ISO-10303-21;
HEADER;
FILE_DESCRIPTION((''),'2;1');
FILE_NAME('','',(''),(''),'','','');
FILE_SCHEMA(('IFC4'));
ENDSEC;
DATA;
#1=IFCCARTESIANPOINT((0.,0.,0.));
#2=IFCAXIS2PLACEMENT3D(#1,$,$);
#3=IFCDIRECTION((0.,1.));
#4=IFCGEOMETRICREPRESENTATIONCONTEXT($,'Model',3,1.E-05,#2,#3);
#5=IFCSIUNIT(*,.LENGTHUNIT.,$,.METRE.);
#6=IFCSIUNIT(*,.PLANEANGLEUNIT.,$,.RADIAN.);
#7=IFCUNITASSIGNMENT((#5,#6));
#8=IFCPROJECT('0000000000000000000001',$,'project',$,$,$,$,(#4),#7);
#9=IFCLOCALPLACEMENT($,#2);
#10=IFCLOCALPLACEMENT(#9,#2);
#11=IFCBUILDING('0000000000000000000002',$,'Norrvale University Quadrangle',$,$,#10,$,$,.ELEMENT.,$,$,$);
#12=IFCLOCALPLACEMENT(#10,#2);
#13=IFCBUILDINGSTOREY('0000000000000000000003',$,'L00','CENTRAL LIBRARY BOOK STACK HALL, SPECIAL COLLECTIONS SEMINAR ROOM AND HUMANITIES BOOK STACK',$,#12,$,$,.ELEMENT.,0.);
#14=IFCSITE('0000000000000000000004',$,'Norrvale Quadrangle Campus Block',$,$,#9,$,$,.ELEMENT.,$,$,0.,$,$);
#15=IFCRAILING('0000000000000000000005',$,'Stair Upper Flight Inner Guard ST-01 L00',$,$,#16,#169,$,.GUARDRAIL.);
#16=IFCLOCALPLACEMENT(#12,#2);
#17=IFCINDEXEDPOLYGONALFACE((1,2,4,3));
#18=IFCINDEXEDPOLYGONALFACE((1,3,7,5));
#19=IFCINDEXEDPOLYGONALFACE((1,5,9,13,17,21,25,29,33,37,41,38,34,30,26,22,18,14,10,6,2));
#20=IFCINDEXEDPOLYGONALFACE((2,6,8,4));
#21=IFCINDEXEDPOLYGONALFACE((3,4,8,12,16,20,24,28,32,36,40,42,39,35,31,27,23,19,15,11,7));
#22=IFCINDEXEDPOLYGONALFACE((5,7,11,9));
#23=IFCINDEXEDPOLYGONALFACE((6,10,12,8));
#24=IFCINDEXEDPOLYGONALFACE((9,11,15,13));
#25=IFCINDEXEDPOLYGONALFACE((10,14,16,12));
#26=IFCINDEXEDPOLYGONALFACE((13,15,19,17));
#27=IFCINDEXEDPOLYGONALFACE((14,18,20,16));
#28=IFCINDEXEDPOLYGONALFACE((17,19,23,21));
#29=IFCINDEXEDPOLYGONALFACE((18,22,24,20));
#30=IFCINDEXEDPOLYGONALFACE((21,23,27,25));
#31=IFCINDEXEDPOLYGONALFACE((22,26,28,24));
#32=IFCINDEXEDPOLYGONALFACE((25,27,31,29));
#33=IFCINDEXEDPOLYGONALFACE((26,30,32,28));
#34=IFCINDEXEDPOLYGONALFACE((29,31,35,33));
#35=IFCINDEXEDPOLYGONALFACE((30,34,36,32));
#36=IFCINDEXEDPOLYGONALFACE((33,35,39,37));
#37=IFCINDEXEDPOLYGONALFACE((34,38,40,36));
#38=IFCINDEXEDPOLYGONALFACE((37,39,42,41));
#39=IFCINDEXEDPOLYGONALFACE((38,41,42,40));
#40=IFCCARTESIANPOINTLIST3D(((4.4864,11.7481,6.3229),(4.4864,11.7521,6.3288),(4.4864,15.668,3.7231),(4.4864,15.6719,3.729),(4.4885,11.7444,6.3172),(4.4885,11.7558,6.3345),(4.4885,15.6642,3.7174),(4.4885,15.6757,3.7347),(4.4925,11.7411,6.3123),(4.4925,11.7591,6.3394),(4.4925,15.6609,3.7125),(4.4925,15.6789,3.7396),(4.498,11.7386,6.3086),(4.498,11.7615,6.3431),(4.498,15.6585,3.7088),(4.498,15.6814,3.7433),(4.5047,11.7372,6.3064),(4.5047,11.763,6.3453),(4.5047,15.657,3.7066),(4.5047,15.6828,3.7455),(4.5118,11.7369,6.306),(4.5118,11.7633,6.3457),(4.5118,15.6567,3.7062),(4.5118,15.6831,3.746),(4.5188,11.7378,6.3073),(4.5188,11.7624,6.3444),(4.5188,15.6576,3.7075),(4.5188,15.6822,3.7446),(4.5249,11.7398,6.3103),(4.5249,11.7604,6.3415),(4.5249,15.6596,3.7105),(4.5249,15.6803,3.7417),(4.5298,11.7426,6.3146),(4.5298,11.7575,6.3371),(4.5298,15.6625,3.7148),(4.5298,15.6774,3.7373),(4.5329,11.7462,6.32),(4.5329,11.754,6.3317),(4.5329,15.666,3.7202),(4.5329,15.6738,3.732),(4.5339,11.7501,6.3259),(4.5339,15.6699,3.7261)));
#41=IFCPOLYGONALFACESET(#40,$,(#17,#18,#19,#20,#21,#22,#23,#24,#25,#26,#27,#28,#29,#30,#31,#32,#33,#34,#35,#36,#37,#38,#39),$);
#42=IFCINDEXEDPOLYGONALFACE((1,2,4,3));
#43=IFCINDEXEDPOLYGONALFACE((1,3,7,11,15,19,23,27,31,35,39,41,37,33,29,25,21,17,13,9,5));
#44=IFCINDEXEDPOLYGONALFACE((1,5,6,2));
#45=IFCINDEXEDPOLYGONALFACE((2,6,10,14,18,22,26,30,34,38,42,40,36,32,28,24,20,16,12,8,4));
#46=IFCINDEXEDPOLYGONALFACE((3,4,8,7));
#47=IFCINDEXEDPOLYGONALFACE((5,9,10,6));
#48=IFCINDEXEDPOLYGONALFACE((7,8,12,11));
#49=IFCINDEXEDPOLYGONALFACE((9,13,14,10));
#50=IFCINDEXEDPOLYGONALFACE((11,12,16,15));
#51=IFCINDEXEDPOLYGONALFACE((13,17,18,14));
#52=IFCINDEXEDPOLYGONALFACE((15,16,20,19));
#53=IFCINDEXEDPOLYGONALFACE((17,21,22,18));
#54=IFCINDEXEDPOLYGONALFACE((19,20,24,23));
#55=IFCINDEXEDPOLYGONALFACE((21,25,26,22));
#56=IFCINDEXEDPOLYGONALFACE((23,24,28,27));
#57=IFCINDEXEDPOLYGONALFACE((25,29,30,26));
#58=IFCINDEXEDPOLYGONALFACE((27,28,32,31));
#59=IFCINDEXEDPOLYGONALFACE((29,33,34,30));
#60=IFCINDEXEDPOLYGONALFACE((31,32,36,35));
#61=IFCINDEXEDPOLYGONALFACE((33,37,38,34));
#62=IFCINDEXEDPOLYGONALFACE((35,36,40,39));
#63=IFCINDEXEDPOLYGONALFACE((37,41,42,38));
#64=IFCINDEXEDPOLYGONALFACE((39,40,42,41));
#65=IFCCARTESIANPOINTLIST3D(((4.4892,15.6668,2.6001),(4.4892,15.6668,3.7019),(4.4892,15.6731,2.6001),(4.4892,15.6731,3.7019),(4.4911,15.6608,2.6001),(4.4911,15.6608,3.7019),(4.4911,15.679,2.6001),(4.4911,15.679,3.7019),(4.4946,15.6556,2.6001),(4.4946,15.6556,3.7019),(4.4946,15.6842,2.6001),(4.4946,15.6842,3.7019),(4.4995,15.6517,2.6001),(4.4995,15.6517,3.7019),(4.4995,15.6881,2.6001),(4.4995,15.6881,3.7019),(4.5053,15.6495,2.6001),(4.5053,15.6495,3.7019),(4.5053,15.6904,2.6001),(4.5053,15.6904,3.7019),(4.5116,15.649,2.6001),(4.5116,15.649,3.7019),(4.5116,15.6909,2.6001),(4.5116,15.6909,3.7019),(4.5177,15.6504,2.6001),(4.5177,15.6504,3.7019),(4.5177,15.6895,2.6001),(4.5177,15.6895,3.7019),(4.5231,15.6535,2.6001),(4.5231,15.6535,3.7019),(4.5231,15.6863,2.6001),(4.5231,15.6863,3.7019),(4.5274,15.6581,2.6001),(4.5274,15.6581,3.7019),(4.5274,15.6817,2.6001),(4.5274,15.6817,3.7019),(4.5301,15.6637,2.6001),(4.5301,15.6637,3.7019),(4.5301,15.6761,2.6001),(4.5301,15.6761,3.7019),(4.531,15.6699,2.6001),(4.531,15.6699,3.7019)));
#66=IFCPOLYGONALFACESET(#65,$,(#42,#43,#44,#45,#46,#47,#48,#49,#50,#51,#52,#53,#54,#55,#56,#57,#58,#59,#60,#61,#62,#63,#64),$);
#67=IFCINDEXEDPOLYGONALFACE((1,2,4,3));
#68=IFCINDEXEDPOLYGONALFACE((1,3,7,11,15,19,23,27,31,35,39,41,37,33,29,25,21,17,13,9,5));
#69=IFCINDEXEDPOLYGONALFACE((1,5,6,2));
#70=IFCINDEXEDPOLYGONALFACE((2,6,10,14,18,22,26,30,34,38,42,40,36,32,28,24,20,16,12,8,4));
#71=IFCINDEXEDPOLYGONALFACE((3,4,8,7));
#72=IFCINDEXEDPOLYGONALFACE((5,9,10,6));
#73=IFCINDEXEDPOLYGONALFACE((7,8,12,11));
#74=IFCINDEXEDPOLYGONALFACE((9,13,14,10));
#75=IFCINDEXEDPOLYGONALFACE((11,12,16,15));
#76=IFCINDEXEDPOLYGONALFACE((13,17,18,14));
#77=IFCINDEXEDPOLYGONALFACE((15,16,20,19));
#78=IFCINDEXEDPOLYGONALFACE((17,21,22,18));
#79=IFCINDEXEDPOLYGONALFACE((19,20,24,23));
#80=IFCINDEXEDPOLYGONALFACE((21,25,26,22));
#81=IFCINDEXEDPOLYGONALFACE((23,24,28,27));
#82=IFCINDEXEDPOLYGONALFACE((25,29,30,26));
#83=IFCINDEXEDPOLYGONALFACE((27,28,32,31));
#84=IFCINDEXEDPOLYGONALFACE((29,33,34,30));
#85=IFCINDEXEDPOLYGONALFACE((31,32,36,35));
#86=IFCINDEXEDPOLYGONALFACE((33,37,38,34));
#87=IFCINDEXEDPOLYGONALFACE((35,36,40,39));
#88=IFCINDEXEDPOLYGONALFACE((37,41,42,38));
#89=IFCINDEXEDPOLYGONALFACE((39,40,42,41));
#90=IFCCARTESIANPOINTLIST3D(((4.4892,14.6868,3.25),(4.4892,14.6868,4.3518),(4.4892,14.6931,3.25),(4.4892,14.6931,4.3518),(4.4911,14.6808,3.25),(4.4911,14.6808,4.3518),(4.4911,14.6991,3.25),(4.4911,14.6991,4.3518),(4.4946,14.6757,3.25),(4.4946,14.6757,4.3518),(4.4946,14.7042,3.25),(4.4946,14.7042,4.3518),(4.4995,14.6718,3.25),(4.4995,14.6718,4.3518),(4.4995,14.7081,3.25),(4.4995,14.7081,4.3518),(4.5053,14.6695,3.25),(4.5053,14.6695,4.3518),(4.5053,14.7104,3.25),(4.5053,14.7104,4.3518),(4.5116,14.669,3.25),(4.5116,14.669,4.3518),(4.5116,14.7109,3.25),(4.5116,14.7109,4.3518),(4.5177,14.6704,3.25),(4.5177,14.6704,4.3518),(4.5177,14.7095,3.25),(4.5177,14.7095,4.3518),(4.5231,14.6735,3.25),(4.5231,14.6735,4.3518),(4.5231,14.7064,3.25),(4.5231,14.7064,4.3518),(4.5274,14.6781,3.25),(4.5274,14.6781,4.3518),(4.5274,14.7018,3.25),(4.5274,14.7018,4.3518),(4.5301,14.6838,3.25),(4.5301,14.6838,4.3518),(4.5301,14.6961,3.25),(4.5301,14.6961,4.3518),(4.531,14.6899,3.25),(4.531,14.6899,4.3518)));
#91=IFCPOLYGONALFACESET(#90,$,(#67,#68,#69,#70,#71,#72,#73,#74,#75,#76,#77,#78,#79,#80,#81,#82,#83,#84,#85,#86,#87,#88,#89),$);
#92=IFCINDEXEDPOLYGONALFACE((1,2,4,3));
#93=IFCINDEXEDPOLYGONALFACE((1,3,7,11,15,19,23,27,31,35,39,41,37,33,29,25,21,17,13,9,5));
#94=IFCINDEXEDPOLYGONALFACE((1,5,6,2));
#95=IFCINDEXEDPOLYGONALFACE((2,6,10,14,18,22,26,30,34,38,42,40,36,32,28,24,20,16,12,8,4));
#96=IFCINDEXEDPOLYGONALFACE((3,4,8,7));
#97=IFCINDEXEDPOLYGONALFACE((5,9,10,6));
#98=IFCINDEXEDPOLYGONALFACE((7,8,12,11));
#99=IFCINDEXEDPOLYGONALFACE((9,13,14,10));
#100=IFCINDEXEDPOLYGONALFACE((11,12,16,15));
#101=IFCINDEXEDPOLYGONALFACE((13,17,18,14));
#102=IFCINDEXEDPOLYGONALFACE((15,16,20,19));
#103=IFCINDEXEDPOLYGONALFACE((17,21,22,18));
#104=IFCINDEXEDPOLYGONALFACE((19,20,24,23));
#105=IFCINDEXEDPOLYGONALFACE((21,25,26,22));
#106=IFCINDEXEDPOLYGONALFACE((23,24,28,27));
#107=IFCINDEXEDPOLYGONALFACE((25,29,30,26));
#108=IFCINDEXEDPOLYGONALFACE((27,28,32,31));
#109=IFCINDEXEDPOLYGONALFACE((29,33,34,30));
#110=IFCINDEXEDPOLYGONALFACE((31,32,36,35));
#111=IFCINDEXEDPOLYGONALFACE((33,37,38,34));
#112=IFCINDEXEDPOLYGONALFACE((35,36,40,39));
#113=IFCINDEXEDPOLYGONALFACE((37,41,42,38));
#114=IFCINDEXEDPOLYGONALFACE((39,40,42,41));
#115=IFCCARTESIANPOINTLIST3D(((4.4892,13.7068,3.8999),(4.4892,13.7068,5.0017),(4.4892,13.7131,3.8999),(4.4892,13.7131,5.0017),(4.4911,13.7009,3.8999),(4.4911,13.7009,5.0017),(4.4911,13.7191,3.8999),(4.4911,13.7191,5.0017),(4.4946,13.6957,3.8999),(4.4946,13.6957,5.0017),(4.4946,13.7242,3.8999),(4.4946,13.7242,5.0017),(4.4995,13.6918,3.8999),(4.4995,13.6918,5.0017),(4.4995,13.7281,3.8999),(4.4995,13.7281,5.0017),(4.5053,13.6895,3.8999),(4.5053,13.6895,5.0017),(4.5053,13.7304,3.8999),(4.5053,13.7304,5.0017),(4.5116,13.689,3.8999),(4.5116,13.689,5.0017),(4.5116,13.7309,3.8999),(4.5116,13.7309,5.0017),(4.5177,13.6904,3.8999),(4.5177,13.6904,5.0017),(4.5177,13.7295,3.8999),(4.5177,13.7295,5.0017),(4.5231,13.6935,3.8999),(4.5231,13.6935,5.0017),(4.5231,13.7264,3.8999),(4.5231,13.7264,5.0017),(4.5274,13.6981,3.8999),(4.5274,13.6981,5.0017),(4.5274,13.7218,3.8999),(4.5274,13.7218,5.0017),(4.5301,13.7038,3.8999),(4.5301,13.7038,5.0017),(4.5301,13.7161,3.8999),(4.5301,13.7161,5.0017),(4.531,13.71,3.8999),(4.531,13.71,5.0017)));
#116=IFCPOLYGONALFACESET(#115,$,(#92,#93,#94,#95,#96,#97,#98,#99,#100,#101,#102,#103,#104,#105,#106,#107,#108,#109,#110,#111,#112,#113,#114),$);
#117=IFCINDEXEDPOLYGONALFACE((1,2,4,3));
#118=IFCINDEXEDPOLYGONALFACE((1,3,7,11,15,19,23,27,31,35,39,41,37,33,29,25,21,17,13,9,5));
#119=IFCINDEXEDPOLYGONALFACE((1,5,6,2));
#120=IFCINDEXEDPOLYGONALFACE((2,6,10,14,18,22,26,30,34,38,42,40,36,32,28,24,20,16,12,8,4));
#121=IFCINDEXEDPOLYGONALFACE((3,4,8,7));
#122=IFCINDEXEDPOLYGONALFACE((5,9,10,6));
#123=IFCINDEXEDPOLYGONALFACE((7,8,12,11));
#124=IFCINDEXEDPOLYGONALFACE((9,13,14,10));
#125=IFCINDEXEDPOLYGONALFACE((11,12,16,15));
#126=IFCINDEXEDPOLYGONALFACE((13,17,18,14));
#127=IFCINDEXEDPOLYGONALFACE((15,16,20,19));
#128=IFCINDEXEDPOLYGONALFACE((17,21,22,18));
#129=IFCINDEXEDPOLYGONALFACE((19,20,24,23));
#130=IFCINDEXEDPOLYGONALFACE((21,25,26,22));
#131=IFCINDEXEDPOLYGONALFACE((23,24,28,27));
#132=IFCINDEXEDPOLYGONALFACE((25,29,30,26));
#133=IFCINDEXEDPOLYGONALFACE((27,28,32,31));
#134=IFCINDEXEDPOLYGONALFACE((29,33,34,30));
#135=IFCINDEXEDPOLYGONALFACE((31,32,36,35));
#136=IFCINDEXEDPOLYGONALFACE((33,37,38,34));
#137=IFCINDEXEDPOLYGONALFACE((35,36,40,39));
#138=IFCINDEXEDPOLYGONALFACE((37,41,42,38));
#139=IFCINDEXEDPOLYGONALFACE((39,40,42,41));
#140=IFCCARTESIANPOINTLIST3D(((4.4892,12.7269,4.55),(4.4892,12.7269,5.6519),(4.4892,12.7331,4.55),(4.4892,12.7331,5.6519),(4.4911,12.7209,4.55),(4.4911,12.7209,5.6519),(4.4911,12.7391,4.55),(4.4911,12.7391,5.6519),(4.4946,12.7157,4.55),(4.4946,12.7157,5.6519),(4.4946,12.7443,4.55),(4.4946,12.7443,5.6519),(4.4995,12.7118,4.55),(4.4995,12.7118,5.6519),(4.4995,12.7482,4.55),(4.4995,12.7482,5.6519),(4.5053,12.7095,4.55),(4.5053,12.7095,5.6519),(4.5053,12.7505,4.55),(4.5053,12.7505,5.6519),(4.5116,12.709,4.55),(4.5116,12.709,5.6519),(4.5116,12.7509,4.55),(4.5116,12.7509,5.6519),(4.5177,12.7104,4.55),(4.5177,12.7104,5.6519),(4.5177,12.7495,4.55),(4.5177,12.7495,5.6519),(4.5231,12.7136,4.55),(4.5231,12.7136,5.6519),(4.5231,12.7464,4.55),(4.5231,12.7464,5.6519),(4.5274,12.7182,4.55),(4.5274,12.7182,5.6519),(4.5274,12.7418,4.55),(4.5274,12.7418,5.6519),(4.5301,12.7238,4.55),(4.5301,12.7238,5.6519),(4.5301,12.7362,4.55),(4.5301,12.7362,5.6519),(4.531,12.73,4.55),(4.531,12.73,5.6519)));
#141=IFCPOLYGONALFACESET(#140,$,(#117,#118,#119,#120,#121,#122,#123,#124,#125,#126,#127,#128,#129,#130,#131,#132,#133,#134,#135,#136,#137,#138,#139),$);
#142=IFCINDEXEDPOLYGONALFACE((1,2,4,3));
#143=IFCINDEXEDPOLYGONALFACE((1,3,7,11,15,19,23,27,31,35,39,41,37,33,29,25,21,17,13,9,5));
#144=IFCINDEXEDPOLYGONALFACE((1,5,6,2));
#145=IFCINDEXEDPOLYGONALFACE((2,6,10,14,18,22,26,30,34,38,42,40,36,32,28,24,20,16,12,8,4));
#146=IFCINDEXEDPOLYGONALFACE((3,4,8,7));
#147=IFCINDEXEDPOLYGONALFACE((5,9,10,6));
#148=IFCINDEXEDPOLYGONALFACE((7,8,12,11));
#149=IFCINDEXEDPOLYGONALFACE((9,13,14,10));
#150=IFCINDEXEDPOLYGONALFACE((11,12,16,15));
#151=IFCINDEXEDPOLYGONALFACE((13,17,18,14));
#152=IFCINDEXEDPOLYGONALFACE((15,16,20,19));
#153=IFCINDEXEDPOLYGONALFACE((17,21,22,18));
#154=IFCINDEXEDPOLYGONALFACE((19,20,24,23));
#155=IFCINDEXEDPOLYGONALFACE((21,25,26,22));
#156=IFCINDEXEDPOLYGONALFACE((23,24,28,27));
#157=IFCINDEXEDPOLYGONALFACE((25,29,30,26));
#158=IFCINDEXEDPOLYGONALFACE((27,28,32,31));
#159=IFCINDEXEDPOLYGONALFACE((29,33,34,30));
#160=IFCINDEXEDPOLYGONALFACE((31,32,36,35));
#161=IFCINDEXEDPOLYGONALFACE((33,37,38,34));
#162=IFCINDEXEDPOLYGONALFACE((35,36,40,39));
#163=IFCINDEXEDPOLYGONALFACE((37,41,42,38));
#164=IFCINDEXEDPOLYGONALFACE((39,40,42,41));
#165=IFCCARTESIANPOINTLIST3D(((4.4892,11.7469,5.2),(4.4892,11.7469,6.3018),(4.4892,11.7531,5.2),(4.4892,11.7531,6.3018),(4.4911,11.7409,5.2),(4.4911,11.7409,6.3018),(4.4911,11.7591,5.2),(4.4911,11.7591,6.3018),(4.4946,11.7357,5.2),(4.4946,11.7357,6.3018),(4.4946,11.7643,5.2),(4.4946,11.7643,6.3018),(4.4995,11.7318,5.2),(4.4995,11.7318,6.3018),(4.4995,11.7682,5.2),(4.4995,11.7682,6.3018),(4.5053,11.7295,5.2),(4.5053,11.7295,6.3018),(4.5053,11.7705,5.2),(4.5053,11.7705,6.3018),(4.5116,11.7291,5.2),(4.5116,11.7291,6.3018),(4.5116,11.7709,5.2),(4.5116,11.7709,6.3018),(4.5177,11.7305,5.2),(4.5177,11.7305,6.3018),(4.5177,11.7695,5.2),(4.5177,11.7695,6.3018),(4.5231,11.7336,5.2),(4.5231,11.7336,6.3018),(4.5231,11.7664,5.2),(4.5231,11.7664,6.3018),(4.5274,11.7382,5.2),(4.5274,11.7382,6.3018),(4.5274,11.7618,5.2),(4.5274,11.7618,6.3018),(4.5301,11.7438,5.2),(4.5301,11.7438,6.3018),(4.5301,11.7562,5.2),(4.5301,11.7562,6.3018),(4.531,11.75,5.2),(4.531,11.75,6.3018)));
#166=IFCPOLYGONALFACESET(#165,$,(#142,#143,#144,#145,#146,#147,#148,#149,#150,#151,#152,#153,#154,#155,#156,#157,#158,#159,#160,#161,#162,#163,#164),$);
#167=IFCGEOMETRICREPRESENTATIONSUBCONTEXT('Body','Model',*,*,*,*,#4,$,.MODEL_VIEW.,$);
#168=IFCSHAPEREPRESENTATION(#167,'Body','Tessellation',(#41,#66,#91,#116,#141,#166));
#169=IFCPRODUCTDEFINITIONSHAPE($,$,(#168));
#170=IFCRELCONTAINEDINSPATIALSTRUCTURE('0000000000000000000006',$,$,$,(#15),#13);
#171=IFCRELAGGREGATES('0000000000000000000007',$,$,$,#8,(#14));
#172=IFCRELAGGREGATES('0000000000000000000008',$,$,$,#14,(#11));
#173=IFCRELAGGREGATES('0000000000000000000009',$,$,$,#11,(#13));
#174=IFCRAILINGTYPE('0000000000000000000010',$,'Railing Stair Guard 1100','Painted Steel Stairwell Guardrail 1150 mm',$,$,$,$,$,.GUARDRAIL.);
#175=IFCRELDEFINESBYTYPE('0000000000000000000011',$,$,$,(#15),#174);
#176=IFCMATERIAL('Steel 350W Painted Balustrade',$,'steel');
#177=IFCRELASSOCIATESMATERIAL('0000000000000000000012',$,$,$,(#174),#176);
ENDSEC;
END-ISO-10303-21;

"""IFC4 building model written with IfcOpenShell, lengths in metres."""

from ifc_helpers import new_model, si_unit, direction, frame, origin, origin_2d, place, context, subcontext, project, spatial, circle, extrude, material, type_object, element, save


model = new_model("IFC4")

# Units and contexts
model_context = context("Model", 3, precision=1e-05, world=origin(), true_north=direction((0.0, 1.0)))
body_context = subcontext(model_context, "Body", "Model", "MODEL_VIEW")
ifc_project = project(units=[si_unit("LENGTHUNIT", "METRE"), si_unit("PLANEANGLEUNIT", "RADIAN")], contexts=[model_context])

# Site, building, storey
site_placement = place(None, origin())
site = spatial("IfcSite", under=ifc_project, at=site_placement, Name="Norrvale Quadrangle Campus Block", CompositionType="ELEMENT", RefElevation=0.0)
building_placement = place(site_placement, origin())
building = spatial("IfcBuilding", under=site, at=building_placement, Name="Norrvale University Quadrangle", CompositionType="ELEMENT")
storey_placement = place(building_placement, origin())
storey = spatial("IfcBuildingStorey", under=building, at=storey_placement, Name="L00", Description="CENTRAL LIBRARY BOOK STACK HALL, SPECIAL COLLECTIONS SEMINAR ROOM AND HUMANITIES BOOK STACK", CompositionType="ELEMENT", Elevation=0.0)

# Railing
ifc_material_1 = material(Name="Steel 350W Painted Balustrade", Category="steel")
railing_type_1 = type_object("IfcRailingType", Name="Railing Stair Guard 1100", Description="Painted Steel Stairwell Guardrail 1150 mm", PredefinedType="GUARDRAIL", material=ifc_material_1)
railing_1_placement = place(storey_placement, frame((4.51, 15.6699, 2.6001)))
element("IfcRailing", 1, at=railing_1_placement, inside=storey, type_object=railing_type_1, Name="Stair Upper Flight Inner Guard ST-01 L00", PredefinedType="GUARDRAIL", context=body_context, shape_type="SweptSolid", body=[
    extrude(circle(Radius=0.0239, at=origin_2d()), frame((0.0, 0.0, 1.126), z_axis=(0.0, -0.833366, 0.552722), x_axis=(1.0, 0.0, 0.0)), (0.0, 0.0, 1.0), 4.7036),
    extrude(circle(Radius=0.021, at=origin_2d()), origin(), (0.0, 0.0, 1.0), 1.1018),
    extrude(circle(Radius=0.021, at=origin_2d()), frame((0.0, -0.98, 0.6499)), (0.0, 0.0, 1.0), 1.1018),
    extrude(circle(Radius=0.021, at=origin_2d()), frame((0.0, -1.96, 1.2998)), (0.0, 0.0, 1.0), 1.1018),
    extrude(circle(Radius=0.021, at=origin_2d()), frame((0.0, -2.9399, 1.95)), (0.0, 0.0, 1.0), 1.1018),
    extrude(circle(Radius=0.021, at=origin_2d()), frame((0.0, -3.9199, 2.5999)), (0.0, 0.0, 1.0), 1.1018),
])

save(model, "model.ifc")
